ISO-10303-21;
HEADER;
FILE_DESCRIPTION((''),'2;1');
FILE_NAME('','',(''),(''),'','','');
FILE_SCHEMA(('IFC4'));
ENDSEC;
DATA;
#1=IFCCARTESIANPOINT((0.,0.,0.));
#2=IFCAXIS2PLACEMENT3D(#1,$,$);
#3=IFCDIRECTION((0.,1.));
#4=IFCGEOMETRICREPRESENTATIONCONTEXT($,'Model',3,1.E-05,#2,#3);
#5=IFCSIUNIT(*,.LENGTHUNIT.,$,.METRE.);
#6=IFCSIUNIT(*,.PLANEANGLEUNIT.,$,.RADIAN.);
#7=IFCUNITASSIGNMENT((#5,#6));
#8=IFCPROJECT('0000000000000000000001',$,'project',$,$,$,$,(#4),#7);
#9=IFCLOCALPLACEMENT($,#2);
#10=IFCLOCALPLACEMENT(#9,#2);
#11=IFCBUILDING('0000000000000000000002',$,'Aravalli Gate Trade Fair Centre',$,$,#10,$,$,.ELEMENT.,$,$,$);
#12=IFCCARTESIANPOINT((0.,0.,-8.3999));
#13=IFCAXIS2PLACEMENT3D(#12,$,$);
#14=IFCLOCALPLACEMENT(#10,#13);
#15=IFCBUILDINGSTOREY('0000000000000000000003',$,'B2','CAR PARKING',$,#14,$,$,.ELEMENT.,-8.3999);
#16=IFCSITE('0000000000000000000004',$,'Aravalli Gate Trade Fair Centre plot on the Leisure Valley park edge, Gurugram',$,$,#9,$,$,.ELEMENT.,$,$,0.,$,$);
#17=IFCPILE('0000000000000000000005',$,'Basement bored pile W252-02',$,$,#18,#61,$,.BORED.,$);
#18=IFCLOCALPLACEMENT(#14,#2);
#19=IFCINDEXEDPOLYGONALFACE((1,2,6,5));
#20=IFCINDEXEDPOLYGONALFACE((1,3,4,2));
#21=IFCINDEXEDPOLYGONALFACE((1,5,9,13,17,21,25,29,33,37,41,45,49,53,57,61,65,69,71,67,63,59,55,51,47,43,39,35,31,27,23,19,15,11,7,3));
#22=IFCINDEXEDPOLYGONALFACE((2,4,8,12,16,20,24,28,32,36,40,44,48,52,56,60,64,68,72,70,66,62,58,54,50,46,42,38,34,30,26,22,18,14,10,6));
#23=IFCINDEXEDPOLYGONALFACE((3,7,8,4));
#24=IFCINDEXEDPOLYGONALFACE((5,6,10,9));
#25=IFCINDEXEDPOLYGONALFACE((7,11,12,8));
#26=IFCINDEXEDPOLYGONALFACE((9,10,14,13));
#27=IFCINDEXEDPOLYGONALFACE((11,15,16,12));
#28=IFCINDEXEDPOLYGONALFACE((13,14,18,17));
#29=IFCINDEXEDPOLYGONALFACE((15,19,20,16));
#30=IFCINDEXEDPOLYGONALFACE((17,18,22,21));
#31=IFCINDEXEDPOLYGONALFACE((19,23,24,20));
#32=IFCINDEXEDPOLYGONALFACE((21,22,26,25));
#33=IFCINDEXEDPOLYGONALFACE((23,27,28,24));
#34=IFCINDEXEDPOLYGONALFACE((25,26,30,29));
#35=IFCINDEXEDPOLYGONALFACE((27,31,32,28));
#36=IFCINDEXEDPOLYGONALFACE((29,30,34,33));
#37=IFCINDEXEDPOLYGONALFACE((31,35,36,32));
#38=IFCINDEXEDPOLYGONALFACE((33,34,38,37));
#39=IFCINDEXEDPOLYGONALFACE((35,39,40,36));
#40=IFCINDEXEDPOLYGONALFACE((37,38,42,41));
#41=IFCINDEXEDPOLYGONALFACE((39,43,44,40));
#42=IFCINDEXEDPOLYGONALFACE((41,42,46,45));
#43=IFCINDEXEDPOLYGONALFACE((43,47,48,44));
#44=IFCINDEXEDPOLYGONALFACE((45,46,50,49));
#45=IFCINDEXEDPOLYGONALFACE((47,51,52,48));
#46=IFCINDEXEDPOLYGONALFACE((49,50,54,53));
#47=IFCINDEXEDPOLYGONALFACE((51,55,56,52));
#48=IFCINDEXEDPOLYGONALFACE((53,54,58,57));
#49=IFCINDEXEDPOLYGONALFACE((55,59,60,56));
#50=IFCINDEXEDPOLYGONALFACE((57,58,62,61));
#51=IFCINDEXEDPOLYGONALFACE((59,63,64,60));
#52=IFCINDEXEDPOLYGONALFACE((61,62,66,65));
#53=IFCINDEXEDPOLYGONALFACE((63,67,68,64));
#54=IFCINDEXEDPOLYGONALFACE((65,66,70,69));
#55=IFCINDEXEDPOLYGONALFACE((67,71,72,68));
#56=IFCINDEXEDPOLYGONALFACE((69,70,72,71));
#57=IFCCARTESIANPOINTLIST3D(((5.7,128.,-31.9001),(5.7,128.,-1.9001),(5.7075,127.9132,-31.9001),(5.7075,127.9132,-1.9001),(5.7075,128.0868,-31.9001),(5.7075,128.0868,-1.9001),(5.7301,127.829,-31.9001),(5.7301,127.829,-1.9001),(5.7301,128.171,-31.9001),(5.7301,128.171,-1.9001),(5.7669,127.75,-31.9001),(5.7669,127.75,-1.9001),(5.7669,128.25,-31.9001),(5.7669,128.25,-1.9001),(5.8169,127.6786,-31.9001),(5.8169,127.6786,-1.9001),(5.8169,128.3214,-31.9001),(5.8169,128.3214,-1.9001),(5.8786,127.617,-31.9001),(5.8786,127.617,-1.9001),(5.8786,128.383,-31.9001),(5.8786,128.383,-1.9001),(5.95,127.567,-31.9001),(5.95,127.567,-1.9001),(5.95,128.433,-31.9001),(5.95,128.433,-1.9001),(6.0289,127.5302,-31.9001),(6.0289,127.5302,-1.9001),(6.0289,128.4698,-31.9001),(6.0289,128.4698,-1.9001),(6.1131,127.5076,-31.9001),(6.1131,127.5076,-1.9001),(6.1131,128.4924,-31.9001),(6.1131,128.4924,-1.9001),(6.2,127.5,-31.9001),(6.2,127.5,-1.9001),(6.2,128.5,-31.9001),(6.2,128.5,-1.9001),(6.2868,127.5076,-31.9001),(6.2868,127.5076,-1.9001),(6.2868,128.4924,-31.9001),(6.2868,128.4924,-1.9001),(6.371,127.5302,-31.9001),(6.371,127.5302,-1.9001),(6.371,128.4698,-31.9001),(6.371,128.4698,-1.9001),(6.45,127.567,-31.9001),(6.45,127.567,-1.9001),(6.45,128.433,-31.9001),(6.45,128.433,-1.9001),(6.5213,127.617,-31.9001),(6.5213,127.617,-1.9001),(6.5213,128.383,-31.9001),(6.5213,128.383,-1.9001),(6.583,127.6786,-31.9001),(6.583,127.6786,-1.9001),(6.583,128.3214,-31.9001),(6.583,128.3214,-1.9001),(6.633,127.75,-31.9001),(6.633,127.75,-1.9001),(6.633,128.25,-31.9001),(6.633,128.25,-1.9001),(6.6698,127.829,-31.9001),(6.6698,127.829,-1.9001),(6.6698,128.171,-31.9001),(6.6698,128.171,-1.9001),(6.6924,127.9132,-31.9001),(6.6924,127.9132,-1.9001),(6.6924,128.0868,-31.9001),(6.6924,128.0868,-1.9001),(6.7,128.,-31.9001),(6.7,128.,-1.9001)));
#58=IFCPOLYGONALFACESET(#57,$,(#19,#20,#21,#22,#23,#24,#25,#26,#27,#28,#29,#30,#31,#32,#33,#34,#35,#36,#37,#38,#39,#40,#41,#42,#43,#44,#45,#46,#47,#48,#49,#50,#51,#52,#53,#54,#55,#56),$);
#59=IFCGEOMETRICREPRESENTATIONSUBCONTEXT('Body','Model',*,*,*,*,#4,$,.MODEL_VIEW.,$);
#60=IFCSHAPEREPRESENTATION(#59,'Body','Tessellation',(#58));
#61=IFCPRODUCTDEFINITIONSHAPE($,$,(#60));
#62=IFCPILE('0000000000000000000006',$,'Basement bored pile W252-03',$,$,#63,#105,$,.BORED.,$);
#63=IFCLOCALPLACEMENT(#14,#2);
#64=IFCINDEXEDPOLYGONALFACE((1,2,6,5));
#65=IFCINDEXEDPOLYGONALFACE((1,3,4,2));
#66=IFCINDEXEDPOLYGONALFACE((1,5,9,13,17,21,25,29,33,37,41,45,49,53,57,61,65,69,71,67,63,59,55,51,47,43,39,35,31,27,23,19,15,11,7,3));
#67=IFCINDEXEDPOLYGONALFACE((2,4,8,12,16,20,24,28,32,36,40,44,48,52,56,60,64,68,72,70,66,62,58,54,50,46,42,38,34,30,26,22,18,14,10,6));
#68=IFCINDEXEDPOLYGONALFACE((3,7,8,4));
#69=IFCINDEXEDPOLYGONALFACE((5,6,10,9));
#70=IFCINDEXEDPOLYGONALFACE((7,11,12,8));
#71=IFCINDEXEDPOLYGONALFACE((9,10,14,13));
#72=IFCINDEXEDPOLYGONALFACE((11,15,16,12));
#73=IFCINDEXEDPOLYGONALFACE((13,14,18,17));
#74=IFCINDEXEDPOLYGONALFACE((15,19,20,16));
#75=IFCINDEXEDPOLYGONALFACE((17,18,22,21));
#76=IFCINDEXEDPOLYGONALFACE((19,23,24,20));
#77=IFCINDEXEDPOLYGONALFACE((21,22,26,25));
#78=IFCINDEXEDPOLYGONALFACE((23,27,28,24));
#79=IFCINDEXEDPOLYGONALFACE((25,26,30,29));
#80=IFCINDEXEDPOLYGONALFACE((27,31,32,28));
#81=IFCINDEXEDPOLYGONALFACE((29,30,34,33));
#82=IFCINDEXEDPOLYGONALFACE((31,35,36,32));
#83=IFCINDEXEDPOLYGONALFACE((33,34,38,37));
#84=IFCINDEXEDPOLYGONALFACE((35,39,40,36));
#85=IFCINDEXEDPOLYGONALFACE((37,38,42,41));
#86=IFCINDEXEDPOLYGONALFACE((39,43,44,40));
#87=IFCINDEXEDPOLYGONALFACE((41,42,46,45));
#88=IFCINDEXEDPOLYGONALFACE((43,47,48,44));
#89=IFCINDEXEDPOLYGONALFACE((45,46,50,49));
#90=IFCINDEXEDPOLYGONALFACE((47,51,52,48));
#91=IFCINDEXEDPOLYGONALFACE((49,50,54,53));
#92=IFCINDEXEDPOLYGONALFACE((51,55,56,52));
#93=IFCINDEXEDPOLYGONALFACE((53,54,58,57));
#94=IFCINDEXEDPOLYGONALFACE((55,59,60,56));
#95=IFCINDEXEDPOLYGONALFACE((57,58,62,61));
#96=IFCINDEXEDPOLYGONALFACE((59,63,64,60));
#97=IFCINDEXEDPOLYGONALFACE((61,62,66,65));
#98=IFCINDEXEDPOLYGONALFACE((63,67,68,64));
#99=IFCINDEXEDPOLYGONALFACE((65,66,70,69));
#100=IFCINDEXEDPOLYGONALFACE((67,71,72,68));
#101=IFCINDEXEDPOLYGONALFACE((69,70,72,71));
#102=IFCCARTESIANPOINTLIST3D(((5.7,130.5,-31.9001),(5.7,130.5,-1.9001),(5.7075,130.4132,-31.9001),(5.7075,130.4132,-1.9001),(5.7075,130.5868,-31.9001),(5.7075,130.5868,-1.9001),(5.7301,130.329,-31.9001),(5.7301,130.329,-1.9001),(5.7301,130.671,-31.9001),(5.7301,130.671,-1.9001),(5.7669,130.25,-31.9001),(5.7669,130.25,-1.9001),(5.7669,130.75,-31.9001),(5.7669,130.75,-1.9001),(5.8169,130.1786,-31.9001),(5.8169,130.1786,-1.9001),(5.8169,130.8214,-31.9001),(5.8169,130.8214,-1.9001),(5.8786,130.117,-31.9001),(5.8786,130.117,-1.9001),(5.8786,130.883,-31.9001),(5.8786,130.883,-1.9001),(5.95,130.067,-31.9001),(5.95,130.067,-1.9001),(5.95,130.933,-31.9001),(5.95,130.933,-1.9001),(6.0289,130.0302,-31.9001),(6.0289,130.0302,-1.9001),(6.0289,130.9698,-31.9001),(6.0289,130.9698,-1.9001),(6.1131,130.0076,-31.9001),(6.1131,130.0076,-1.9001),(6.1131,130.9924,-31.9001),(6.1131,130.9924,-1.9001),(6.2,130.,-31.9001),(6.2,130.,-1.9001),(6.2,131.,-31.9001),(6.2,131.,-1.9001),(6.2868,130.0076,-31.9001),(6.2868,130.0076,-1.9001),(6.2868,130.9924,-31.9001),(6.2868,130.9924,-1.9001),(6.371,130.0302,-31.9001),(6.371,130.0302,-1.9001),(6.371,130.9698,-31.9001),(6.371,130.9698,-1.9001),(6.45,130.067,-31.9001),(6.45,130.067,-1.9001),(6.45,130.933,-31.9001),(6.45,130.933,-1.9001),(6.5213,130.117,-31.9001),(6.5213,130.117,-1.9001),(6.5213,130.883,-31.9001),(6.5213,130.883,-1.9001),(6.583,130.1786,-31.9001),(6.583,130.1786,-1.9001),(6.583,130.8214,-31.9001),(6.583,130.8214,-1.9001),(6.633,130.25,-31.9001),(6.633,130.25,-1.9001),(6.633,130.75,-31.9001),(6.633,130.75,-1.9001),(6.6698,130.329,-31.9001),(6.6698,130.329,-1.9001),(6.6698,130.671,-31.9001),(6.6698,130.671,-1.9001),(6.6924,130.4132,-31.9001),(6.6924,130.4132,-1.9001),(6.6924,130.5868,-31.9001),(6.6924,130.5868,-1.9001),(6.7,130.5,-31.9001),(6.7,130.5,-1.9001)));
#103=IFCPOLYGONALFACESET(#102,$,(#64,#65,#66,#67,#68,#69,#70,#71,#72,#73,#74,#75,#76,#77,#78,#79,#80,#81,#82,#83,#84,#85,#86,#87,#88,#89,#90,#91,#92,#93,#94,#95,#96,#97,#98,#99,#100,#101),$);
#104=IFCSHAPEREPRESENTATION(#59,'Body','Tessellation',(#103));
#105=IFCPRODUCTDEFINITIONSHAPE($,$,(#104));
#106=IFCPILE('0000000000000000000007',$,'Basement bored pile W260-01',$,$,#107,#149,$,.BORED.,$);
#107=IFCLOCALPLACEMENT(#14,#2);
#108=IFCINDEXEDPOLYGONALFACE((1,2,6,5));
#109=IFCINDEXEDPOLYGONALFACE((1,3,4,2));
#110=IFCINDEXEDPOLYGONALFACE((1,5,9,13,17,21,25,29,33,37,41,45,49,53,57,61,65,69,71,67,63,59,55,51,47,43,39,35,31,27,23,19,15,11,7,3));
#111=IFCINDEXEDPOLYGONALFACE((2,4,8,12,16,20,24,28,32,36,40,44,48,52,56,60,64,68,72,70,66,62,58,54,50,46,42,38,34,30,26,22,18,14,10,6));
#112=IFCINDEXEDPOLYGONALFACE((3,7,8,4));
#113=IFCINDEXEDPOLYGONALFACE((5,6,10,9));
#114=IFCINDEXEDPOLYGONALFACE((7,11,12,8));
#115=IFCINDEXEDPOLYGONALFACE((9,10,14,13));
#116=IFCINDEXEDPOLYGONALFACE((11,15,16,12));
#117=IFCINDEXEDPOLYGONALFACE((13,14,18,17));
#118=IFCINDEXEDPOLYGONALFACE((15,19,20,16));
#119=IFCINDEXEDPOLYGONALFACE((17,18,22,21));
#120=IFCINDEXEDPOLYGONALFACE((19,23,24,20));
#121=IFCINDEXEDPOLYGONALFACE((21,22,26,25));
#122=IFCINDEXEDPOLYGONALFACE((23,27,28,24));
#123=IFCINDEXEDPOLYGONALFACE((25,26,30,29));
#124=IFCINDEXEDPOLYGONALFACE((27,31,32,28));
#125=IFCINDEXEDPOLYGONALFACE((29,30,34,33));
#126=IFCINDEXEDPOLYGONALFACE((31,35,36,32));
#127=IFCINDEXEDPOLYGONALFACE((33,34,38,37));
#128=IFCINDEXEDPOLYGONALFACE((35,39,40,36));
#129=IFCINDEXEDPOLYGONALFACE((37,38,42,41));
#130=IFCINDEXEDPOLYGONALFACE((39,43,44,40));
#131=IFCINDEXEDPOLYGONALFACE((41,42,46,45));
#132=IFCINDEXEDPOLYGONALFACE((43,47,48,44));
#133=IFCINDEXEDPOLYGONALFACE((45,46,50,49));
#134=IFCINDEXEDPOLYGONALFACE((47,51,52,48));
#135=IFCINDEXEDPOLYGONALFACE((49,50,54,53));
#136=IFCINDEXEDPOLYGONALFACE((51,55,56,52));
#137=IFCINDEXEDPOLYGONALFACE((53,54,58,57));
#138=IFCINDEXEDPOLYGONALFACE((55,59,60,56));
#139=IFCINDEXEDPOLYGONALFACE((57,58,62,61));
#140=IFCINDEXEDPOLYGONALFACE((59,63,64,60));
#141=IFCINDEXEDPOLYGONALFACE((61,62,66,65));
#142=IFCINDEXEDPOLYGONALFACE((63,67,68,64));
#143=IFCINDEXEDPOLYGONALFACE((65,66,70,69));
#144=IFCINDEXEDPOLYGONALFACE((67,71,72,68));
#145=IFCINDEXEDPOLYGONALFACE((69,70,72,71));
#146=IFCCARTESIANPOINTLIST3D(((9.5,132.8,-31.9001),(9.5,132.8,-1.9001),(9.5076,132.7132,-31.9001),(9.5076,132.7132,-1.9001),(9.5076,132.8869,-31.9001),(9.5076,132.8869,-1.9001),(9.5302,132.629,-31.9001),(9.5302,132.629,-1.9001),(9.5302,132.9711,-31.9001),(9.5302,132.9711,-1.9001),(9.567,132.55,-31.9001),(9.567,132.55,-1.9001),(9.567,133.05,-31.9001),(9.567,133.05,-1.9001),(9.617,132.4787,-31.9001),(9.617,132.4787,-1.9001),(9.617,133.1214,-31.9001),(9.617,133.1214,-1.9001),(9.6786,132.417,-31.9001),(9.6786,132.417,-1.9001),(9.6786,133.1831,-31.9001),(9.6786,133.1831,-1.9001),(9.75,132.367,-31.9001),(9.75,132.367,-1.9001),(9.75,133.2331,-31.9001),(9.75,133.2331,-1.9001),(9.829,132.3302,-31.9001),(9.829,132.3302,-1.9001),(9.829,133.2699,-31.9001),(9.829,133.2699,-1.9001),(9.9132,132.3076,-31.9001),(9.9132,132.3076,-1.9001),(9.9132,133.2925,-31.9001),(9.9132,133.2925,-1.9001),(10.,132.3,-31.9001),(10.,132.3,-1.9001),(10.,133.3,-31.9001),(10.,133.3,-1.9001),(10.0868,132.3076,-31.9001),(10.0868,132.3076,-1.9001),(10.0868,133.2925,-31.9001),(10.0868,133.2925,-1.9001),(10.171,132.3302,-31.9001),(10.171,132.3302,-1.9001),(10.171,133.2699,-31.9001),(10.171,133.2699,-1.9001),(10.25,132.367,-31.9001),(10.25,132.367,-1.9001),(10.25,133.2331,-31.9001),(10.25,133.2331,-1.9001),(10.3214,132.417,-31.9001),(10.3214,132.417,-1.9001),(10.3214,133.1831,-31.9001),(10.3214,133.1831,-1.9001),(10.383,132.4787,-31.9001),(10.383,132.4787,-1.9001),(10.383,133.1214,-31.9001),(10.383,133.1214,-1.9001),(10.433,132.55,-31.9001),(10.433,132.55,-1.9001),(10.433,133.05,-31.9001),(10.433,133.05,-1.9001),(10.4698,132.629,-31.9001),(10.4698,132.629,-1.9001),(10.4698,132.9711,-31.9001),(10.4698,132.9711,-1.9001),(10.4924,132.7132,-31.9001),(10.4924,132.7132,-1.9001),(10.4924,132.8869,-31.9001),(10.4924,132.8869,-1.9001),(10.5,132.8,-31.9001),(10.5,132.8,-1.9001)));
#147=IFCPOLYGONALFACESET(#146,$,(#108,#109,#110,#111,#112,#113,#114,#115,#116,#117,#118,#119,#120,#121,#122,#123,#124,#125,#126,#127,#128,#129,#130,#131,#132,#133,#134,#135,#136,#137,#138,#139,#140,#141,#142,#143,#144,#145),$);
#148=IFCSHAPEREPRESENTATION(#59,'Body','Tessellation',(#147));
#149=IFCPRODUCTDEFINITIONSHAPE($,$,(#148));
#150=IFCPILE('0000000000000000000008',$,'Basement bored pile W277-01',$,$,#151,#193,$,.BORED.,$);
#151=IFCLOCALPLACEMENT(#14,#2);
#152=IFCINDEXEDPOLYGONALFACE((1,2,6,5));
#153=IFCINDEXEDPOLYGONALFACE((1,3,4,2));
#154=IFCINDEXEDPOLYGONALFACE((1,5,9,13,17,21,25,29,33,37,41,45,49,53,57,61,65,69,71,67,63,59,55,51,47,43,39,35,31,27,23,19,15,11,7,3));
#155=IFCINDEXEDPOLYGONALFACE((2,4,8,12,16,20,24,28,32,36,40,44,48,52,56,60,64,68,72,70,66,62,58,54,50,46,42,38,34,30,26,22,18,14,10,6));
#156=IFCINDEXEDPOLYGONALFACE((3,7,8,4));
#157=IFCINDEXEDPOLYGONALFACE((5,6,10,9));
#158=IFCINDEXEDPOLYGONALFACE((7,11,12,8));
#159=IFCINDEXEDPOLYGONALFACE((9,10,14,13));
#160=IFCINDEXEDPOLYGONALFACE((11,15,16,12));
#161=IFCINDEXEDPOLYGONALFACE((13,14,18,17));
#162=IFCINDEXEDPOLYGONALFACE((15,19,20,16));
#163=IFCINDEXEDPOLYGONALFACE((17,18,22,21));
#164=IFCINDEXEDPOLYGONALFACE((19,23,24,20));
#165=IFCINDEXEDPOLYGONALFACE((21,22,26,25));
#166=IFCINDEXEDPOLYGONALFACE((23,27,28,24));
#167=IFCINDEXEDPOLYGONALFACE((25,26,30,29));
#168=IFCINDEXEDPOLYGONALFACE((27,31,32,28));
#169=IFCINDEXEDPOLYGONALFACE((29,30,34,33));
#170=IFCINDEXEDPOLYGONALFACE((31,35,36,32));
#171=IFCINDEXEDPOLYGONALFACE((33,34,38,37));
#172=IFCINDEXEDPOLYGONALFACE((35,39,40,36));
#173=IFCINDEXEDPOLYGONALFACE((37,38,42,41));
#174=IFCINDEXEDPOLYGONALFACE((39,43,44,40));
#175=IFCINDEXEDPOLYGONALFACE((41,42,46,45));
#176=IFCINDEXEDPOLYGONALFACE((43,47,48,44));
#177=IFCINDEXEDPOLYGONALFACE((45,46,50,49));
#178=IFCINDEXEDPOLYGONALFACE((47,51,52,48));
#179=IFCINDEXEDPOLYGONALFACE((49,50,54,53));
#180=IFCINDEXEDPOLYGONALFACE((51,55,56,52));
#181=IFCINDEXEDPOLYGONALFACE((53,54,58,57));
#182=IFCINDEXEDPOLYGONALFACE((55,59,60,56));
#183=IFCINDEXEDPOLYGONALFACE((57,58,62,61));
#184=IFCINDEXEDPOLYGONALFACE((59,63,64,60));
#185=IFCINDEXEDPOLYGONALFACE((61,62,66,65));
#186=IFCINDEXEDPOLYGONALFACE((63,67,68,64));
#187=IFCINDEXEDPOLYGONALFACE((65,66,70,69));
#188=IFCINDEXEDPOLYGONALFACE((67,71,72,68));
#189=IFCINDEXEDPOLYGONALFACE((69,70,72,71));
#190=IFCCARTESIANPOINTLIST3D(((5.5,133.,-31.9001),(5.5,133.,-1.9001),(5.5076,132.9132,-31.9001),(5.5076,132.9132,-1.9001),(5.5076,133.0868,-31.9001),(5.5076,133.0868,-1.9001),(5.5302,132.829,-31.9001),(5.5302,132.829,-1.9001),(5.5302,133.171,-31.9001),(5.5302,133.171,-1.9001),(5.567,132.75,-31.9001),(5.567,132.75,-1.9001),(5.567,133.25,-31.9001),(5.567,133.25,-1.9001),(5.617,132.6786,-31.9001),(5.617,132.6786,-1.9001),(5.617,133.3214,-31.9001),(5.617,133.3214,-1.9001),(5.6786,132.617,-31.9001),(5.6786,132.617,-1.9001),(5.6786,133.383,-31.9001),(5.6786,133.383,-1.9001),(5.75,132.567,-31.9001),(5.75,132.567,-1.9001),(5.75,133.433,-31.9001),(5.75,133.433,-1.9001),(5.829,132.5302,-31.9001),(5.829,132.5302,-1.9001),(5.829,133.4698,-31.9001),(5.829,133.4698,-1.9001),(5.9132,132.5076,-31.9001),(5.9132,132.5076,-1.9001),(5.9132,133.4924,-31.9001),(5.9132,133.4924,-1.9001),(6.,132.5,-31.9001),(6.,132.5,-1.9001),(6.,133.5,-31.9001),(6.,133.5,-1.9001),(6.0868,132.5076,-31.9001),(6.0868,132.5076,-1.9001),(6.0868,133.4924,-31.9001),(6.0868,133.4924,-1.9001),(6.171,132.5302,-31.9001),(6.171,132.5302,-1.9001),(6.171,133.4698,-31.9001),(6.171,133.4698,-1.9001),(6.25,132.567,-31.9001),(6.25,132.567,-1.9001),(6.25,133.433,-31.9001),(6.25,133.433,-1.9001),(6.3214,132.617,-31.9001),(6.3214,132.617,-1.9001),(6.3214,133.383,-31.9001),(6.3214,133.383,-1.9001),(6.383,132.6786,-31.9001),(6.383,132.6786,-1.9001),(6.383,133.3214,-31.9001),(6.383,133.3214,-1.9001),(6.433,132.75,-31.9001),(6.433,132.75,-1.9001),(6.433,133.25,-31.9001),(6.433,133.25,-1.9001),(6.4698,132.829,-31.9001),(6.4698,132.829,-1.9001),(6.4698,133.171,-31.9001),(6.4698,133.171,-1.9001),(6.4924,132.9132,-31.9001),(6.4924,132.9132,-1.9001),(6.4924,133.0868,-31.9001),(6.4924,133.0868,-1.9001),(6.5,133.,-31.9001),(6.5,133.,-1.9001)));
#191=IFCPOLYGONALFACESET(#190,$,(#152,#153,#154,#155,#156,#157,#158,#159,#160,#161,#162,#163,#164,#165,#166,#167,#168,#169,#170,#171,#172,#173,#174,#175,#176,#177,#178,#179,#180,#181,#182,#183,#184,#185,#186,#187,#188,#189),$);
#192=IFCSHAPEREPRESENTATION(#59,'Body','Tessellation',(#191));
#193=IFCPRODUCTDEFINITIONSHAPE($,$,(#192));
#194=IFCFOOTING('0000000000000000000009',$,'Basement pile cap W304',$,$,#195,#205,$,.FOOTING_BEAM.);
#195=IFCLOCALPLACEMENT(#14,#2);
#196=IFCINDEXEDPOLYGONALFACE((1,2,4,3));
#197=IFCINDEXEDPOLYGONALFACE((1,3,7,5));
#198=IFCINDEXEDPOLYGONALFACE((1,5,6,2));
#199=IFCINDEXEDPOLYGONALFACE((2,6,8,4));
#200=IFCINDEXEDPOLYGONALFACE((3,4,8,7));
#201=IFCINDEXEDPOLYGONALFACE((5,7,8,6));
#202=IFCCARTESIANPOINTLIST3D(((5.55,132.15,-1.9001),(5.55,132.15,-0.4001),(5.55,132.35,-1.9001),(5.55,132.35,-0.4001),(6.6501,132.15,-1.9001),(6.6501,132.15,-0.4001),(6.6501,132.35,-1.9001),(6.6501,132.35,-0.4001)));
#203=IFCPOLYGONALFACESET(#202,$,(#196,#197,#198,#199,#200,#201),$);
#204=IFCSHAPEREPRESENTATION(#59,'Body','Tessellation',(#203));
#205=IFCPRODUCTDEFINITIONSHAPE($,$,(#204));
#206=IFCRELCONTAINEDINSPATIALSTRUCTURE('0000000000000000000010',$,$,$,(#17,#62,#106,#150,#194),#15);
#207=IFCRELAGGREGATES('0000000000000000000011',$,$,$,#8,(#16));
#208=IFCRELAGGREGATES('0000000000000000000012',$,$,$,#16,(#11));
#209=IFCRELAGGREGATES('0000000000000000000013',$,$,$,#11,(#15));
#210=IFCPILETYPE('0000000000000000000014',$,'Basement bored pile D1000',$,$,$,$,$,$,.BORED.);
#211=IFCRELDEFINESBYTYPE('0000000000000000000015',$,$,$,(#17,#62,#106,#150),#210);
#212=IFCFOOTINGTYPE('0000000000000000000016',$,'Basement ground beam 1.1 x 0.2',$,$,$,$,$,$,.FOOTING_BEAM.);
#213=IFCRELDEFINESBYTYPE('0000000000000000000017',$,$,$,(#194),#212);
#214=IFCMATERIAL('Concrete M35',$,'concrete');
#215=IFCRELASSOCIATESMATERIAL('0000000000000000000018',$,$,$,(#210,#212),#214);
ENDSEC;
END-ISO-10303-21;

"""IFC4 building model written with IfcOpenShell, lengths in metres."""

from ifc_helpers import new_model, si_unit, direction, frame, origin, origin_2d, place, context, subcontext, project, spatial, rectangle, circle, extrude, material, material_profile, profile_set, type_object, element, save


model = new_model("IFC4")

# Units and contexts
model_context = context("Model", 3, precision=1e-05, world=origin(), true_north=direction((0.0, 1.0)))
body_context = subcontext(model_context, "Body", "Model", "MODEL_VIEW")
ifc_project = project(units=[si_unit("LENGTHUNIT", "METRE"), si_unit("PLANEANGLEUNIT", "RADIAN")], contexts=[model_context])

# Site, building, storey
site_placement = place(None, origin())
site = spatial("IfcSite", under=ifc_project, at=site_placement, Name="Aravalli Gate Trade Fair Centre plot on the Leisure Valley park edge, Gurugram", CompositionType="ELEMENT", RefElevation=0.0)
building_placement = place(site_placement, origin())
building = spatial("IfcBuilding", under=site, at=building_placement, Name="Aravalli Gate Trade Fair Centre", CompositionType="ELEMENT")
storey_placement = place(building_placement, frame((0.0, 0.0, -8.3999)))
storey = spatial("IfcBuildingStorey", under=building, at=storey_placement, Name="B2", Description="CAR PARKING", CompositionType="ELEMENT", Elevation=-8.3999)

# Piles
ifc_material_1 = material(Name="Concrete M35", Category="concrete")
ifc_material_profile_1 = material_profile(ifc_material_1, circle(Radius=0.5, at=origin_2d()), Name="D1000")
ifc_profile_set_1 = profile_set([ifc_material_profile_1], Name="Concrete M35")
pile_type = type_object("IfcPileType", Name="Basement bored pile D1000", PredefinedType="BORED", material=ifc_profile_set_1)
for number, where, z_axis, x_axis, name in (
    (1, (6.2, 128.0, -1.9001), (0.0, 0.0, -1.0), (1.0, 0.0, 0.0), "Basement bored pile W252-02"),
    (2, (6.2, 130.5, -1.9001), (0.0, 0.0, -1.0), (1.0, 0.0, 0.0), "Basement bored pile W252-03"),
    (3, (10.0, 132.8, -1.9001), (0.0, 0.0, -1.0), (1.0, 0.0, 0.0), "Basement bored pile W260-01"),
    (4, (6.0, 133.0, -1.9001), (0.0, 0.0, -1.0), (1.0, 0.0, 0.0), "Basement bored pile W277-01"),
):
    element("IfcPile", number, at=place(storey_placement, frame(where, z_axis=z_axis, x_axis=x_axis)), inside=storey, type_object=pile_type, Name=name, PredefinedType="BORED", context=body_context, shape_type="SweptSolid", body=[
        extrude(circle(Radius=0.5, at=origin_2d()), origin(), (0.0, 0.0, 1.0), 30.0),
    ])

# Footing
footing_type_1 = type_object("IfcFootingType", Name="Basement ground beam 1.1 x 0.2", PredefinedType="FOOTING_BEAM", material=ifc_material_1)
footing_1_placement = place(storey_placement, frame((6.1001, 132.25, -1.9001), z_axis=(0.0, 0.0, 1.0), x_axis=(1.0, 0.0, 0.0)))
element("IfcFooting", 5, at=footing_1_placement, inside=storey, type_object=footing_type_1, Name="Basement pile cap W304", PredefinedType="FOOTING_BEAM", context=body_context, shape_type="SweptSolid", body=[
    extrude(rectangle(XDim=1.1001, YDim=0.2, at=origin_2d()), origin(), (0.0, 0.0, 1.0), 1.5),
])

save(model, "model.ifc")
